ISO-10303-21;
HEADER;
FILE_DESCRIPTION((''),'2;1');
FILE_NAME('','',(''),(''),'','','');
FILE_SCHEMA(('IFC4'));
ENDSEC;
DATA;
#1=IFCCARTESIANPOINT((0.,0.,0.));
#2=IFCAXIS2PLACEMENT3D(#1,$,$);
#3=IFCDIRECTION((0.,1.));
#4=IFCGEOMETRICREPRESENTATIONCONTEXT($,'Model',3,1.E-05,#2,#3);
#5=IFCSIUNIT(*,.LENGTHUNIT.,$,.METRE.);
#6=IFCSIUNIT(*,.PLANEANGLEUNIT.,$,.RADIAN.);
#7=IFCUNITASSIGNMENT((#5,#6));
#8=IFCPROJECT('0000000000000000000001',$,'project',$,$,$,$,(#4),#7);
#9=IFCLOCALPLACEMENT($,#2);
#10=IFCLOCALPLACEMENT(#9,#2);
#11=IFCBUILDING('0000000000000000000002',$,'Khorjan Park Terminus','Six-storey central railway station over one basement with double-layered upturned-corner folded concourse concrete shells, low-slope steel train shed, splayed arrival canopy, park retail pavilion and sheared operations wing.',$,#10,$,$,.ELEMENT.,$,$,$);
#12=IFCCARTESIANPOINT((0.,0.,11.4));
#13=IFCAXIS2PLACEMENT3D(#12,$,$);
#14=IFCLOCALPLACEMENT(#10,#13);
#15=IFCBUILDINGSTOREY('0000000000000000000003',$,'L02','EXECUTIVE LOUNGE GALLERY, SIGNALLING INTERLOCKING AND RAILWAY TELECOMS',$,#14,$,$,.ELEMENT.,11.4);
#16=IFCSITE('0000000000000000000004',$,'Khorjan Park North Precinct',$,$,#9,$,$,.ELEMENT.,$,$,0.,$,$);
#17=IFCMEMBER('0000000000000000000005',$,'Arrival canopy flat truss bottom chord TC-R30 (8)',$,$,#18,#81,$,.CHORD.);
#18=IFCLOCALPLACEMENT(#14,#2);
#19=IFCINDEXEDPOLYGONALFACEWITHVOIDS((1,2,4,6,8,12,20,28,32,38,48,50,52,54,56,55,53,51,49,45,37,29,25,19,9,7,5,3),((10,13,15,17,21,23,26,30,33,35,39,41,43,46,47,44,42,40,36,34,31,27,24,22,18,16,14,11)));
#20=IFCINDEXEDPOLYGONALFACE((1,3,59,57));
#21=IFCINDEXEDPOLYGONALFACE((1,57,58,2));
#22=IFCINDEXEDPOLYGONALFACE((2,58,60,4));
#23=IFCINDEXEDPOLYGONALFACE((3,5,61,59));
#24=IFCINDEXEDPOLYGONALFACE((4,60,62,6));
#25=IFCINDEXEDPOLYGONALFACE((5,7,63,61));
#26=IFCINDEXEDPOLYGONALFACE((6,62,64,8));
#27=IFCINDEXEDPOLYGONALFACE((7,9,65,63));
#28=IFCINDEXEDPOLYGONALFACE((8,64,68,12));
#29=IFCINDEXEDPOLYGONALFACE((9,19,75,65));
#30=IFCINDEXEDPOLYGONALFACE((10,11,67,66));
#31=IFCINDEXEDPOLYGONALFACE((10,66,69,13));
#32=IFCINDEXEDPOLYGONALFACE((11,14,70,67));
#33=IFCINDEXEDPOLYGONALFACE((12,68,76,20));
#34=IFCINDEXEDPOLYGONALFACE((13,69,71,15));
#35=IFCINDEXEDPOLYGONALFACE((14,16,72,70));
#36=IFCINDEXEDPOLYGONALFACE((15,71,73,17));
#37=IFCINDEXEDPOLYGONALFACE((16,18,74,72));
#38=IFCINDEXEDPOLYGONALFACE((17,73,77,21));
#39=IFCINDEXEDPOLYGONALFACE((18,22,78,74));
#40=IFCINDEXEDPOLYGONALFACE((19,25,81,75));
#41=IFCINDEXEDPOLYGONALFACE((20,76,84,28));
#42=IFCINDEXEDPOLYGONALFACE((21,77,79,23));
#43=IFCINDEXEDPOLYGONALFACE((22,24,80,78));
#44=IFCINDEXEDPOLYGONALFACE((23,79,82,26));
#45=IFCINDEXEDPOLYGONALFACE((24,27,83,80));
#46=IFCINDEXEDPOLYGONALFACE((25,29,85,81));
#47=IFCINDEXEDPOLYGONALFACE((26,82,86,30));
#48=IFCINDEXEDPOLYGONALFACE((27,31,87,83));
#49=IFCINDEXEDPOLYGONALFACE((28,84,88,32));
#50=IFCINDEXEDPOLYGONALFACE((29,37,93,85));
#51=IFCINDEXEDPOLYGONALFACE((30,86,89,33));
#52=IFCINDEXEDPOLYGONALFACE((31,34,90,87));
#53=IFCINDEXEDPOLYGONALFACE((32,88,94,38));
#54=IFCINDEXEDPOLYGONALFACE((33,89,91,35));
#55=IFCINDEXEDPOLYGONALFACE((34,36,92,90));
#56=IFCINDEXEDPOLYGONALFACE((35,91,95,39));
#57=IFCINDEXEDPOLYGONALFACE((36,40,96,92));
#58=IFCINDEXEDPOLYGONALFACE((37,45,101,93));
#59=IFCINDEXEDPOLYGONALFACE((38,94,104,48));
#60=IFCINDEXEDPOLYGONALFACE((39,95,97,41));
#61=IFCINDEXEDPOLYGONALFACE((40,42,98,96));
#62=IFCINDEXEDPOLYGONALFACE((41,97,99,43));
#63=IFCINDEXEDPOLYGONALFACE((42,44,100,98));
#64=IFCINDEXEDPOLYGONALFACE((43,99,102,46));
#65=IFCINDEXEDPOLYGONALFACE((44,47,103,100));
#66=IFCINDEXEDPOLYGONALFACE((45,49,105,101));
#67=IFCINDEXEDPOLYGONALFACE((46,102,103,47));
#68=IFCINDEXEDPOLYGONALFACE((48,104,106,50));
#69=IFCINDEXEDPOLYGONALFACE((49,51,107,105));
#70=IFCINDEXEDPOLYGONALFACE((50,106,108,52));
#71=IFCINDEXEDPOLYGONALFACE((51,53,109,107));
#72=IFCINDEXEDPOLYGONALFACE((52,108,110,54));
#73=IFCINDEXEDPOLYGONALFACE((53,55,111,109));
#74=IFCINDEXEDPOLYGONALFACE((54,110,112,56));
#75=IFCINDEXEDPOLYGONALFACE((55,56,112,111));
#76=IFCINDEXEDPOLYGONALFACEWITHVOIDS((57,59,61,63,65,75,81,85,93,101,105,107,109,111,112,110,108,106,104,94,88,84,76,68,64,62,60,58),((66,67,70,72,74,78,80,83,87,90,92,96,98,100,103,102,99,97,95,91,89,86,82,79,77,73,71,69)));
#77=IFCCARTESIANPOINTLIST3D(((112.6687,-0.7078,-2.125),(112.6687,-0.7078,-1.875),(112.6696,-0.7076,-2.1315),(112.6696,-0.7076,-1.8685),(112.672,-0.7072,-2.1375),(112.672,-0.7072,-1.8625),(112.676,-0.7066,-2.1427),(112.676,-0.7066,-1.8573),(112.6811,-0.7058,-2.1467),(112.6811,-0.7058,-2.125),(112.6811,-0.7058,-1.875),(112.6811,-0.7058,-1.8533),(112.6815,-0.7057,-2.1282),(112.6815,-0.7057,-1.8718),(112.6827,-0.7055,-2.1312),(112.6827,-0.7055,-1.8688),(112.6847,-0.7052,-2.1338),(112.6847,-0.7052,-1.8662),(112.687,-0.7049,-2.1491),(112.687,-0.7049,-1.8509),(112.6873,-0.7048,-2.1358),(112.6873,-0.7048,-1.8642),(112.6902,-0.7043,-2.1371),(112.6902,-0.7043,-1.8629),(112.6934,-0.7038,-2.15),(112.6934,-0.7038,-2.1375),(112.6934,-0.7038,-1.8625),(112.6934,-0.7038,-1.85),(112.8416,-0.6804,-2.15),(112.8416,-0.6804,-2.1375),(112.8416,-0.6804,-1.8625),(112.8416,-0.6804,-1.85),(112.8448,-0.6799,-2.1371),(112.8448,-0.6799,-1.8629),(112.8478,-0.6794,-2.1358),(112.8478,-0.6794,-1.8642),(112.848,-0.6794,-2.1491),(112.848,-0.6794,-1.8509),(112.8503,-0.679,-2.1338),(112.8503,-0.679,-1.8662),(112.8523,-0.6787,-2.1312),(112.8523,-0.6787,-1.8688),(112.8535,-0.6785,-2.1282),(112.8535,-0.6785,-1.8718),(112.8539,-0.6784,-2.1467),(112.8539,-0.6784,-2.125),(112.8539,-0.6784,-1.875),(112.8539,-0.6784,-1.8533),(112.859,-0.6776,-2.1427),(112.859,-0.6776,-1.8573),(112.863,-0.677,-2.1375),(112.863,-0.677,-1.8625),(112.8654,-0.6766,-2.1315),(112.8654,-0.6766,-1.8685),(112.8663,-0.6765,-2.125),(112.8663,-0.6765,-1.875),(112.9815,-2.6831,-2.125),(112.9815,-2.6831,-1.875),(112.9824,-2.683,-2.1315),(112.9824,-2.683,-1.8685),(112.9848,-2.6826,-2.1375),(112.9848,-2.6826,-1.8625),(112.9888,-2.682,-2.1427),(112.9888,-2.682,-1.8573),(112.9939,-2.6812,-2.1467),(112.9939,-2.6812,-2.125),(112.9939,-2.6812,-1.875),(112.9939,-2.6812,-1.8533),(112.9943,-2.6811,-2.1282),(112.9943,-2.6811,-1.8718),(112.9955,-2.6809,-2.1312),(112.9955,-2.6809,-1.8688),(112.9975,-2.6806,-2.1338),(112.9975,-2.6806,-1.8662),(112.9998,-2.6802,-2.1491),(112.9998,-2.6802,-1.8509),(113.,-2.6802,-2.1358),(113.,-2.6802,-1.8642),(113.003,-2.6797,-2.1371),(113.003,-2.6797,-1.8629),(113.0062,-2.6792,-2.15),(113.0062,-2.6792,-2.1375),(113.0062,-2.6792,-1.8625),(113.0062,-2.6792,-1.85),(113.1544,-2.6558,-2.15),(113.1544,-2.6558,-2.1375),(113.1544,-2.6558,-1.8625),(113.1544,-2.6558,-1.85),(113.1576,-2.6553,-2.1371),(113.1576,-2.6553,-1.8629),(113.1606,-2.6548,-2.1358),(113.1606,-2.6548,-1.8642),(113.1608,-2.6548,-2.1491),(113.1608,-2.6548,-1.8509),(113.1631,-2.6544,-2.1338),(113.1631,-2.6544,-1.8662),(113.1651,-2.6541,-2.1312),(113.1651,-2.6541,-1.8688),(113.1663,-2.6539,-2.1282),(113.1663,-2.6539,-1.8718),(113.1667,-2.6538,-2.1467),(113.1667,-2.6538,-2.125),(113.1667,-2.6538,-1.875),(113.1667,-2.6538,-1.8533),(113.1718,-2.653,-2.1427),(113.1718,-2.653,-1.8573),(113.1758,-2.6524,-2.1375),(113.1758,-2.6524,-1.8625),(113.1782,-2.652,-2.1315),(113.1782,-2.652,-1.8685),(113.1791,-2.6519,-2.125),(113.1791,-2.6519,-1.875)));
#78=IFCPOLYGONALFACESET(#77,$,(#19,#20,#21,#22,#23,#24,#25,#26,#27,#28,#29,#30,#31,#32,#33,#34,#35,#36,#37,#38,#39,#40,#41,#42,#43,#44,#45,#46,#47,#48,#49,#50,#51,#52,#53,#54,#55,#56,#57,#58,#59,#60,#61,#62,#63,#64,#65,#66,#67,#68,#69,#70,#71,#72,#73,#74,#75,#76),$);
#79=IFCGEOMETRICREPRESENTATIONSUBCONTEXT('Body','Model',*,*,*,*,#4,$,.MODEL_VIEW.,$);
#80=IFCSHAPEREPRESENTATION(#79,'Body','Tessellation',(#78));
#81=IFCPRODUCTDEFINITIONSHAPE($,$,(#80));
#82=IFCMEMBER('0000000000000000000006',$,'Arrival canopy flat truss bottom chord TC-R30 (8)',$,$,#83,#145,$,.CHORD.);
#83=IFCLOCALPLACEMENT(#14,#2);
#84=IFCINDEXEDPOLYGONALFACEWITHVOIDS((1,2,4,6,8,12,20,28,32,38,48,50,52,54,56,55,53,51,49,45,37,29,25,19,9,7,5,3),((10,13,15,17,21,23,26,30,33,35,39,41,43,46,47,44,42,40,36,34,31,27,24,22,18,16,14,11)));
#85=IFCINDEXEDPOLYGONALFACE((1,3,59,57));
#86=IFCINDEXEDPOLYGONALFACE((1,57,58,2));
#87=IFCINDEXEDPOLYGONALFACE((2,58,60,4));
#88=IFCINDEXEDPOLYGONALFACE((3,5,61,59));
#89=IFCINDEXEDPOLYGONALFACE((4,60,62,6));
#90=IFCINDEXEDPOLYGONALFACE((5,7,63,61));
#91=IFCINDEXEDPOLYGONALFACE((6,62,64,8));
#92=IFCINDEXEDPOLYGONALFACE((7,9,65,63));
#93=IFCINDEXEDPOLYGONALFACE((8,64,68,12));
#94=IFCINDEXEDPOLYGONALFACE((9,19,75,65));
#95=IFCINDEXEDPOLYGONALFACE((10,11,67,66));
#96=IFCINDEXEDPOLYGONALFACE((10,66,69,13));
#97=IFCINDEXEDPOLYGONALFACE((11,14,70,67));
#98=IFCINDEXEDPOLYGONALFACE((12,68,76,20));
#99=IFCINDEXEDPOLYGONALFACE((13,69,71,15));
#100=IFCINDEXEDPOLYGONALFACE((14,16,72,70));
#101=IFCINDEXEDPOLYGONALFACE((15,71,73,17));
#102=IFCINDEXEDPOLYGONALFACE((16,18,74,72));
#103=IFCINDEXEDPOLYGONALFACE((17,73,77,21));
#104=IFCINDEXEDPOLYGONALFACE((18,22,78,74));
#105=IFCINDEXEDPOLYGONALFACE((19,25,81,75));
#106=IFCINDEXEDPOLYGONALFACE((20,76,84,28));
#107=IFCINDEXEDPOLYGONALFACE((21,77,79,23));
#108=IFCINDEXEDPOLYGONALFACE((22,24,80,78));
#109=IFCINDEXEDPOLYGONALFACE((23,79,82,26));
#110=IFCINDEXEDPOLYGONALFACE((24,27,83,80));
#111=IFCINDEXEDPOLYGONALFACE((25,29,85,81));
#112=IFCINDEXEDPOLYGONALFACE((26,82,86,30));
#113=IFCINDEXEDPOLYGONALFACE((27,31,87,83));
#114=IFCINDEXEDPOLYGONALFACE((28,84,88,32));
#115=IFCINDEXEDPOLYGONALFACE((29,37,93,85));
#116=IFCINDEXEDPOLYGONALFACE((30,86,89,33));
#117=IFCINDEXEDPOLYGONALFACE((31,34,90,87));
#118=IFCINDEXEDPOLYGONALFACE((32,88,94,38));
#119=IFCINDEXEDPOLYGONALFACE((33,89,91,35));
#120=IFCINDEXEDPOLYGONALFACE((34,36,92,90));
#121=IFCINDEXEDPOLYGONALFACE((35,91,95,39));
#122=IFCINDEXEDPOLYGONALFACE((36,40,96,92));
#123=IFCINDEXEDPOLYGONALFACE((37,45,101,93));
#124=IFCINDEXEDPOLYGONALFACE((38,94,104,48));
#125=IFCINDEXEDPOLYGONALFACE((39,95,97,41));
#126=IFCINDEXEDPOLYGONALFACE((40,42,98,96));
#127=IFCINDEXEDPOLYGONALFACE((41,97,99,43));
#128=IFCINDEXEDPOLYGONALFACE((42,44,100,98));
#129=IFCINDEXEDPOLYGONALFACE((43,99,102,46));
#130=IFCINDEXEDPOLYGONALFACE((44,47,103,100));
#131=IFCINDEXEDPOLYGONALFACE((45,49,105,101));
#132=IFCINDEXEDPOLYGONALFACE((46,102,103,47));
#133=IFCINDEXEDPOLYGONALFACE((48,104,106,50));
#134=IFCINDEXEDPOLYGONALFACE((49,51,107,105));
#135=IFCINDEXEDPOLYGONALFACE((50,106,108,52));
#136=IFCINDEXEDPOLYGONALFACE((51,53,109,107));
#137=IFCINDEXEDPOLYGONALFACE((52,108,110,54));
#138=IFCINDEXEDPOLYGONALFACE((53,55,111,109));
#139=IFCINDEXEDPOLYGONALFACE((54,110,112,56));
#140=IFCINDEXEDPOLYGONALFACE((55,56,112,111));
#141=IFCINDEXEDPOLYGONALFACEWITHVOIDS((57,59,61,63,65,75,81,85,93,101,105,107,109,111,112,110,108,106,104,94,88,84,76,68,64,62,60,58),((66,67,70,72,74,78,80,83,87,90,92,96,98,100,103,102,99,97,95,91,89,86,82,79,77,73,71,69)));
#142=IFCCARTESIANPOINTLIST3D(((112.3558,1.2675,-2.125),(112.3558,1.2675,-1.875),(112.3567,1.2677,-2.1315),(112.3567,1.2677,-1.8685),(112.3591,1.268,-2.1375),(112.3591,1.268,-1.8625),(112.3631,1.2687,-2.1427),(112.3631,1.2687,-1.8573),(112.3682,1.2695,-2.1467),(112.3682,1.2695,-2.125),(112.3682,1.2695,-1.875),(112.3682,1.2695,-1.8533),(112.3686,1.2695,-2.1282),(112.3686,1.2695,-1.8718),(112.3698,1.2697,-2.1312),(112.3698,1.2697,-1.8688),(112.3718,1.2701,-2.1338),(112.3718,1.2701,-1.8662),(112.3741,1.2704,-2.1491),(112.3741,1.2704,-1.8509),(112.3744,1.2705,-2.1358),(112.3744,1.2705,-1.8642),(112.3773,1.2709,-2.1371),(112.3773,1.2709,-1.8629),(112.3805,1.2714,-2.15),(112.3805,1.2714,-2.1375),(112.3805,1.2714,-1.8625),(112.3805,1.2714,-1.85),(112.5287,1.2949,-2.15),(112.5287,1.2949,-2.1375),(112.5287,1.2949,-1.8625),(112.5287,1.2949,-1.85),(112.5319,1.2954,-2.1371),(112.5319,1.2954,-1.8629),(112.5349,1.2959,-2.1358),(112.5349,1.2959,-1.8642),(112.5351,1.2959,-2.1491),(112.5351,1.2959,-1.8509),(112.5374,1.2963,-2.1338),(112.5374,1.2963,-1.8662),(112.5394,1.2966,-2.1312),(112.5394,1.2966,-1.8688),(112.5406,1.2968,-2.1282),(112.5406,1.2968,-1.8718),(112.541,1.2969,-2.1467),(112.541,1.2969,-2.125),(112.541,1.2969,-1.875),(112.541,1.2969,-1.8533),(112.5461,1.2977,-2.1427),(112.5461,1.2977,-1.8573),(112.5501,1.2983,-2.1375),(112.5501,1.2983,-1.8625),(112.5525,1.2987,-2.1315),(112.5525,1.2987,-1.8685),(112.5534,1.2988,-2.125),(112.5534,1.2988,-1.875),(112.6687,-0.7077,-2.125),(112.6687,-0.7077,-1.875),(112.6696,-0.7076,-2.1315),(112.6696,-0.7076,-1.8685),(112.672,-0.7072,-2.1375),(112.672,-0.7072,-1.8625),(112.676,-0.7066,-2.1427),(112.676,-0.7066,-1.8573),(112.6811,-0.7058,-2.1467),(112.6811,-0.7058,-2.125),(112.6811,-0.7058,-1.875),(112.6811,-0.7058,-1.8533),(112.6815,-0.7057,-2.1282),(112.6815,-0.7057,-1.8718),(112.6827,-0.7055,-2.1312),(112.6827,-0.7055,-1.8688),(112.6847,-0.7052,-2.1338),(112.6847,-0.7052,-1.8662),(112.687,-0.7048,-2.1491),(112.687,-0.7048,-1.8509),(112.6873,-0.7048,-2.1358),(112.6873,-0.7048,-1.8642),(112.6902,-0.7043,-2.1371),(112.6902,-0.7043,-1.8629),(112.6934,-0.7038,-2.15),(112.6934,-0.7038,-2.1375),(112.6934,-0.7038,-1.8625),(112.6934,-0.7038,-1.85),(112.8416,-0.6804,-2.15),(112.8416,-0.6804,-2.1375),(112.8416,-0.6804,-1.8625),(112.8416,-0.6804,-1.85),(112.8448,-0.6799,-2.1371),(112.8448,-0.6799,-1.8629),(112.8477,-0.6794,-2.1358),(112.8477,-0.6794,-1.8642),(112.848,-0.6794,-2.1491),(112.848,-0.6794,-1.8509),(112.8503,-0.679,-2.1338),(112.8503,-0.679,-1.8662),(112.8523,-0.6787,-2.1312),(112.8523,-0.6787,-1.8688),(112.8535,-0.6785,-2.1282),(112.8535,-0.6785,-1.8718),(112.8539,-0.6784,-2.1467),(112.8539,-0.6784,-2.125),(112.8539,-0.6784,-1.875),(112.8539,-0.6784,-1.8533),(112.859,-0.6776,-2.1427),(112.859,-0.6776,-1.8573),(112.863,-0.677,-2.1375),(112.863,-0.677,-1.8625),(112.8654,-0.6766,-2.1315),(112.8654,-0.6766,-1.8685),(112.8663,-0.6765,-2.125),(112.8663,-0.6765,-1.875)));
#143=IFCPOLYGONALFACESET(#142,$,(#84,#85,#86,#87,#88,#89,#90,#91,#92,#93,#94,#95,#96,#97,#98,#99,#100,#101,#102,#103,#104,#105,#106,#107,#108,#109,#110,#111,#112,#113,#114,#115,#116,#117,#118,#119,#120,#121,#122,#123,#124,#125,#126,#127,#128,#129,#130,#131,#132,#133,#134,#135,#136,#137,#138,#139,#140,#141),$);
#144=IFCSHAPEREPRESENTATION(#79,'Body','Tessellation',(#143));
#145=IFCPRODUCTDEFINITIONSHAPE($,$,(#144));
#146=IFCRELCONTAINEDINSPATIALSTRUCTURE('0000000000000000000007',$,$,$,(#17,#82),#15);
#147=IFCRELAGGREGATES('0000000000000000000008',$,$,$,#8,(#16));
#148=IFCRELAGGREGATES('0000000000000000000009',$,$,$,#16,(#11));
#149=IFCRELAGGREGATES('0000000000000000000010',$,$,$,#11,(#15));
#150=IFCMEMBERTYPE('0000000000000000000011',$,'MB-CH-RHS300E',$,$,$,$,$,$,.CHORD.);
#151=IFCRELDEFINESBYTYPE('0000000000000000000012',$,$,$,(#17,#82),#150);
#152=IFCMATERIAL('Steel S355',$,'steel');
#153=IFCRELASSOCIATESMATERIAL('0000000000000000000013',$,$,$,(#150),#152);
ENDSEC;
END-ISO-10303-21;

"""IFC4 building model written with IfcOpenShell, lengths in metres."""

from ifc_helpers import new_model, si_unit, direction, frame, origin, origin_2d, place, context, subcontext, project, spatial, hollow_rectangle, extrude, material, material_profile, profile_set, type_object, element, save


model = new_model("IFC4")

# Units and contexts
model_context = context("Model", 3, precision=1e-05, world=origin(), true_north=direction((0.0, 1.0)))
body_context = subcontext(model_context, "Body", "Model", "MODEL_VIEW")
ifc_project = project(units=[si_unit("LENGTHUNIT", "METRE"), si_unit("PLANEANGLEUNIT", "RADIAN")], contexts=[model_context])

# Site, building, storey
site_placement = place(None, origin())
site = spatial("IfcSite", under=ifc_project, at=site_placement, Name="Khorjan Park North Precinct", CompositionType="ELEMENT", RefElevation=0.0)
building_placement = place(site_placement, origin())
building = spatial("IfcBuilding", under=site, at=building_placement, Name="Khorjan Park Terminus", Description="Six-storey central railway station over one basement with double-layered upturned-corner folded concourse concrete shells, low-slope steel train shed, splayed arrival canopy, park retail pavilion and sheared operations wing.", CompositionType="ELEMENT")
storey_placement = place(building_placement, frame((0.0, 0.0, 11.4)))
storey = spatial("IfcBuildingStorey", under=building, at=storey_placement, Name="L02", Description="EXECUTIVE LOUNGE GALLERY, SIGNALLING INTERLOCKING AND RAILWAY TELECOMS", CompositionType="ELEMENT", Elevation=11.4)

# Members
ifc_material = material(Name="Steel S355", Category="steel")
ifc_material_profile_1 = material_profile(ifc_material, hollow_rectangle(XDim=0.2, YDim=0.3, WallThickness=0.0125, InnerFilletRadius=0.0125, OuterFilletRadius=0.025, at=origin_2d()), Name="RHS 300x200x12.5")
ifc_profile_set_1 = profile_set([ifc_material_profile_1], Name="Steel S355")
member_type_1 = type_object("IfcMemberType", Name="MB-CH-RHS300E", PredefinedType="CHORD", material=ifc_profile_set_1)
for number, where, z_axis, x_axis, name in (
    (1, (113.0803, -2.6675, -2.0), (-0.156399, 0.987694, 0.0), (-0.987694, -0.156399, 0.0), "Arrival canopy flat truss bottom chord TC-R30 (8)"),
):
    element("IfcMember", number, at=place(storey_placement, frame(where, z_axis=z_axis, x_axis=x_axis)), inside=storey, type_object=member_type_1, Name=name, PredefinedType="CHORD", context=body_context, shape_type="SweptSolid", body=[
        extrude(hollow_rectangle(XDim=0.2, YDim=0.3, WallThickness=0.0125, InnerFilletRadius=0.0125, OuterFilletRadius=0.025, at=origin_2d()), origin(), (0.0, 0.0, 1.0), 2.0),
    ])
member_1_placement = place(storey_placement, frame((112.7675, -0.6921, -2.0), z_axis=(-0.156456, 0.987685, 0.0), x_axis=(-0.987685, -0.156456, 0.0)))
element("IfcMember", 2, at=member_1_placement, inside=storey, type_object=member_type_1, Name="Arrival canopy flat truss bottom chord TC-R30 (8)", PredefinedType="CHORD", context=body_context, shape_type="SweptSolid", body=[
    extrude(hollow_rectangle(XDim=0.2, YDim=0.3, WallThickness=0.0125, InnerFilletRadius=0.0125, OuterFilletRadius=0.025, at=origin_2d()), origin(), (0.0, 0.0, 1.0), 1.9999),
])

save(model, "model.ifc")
